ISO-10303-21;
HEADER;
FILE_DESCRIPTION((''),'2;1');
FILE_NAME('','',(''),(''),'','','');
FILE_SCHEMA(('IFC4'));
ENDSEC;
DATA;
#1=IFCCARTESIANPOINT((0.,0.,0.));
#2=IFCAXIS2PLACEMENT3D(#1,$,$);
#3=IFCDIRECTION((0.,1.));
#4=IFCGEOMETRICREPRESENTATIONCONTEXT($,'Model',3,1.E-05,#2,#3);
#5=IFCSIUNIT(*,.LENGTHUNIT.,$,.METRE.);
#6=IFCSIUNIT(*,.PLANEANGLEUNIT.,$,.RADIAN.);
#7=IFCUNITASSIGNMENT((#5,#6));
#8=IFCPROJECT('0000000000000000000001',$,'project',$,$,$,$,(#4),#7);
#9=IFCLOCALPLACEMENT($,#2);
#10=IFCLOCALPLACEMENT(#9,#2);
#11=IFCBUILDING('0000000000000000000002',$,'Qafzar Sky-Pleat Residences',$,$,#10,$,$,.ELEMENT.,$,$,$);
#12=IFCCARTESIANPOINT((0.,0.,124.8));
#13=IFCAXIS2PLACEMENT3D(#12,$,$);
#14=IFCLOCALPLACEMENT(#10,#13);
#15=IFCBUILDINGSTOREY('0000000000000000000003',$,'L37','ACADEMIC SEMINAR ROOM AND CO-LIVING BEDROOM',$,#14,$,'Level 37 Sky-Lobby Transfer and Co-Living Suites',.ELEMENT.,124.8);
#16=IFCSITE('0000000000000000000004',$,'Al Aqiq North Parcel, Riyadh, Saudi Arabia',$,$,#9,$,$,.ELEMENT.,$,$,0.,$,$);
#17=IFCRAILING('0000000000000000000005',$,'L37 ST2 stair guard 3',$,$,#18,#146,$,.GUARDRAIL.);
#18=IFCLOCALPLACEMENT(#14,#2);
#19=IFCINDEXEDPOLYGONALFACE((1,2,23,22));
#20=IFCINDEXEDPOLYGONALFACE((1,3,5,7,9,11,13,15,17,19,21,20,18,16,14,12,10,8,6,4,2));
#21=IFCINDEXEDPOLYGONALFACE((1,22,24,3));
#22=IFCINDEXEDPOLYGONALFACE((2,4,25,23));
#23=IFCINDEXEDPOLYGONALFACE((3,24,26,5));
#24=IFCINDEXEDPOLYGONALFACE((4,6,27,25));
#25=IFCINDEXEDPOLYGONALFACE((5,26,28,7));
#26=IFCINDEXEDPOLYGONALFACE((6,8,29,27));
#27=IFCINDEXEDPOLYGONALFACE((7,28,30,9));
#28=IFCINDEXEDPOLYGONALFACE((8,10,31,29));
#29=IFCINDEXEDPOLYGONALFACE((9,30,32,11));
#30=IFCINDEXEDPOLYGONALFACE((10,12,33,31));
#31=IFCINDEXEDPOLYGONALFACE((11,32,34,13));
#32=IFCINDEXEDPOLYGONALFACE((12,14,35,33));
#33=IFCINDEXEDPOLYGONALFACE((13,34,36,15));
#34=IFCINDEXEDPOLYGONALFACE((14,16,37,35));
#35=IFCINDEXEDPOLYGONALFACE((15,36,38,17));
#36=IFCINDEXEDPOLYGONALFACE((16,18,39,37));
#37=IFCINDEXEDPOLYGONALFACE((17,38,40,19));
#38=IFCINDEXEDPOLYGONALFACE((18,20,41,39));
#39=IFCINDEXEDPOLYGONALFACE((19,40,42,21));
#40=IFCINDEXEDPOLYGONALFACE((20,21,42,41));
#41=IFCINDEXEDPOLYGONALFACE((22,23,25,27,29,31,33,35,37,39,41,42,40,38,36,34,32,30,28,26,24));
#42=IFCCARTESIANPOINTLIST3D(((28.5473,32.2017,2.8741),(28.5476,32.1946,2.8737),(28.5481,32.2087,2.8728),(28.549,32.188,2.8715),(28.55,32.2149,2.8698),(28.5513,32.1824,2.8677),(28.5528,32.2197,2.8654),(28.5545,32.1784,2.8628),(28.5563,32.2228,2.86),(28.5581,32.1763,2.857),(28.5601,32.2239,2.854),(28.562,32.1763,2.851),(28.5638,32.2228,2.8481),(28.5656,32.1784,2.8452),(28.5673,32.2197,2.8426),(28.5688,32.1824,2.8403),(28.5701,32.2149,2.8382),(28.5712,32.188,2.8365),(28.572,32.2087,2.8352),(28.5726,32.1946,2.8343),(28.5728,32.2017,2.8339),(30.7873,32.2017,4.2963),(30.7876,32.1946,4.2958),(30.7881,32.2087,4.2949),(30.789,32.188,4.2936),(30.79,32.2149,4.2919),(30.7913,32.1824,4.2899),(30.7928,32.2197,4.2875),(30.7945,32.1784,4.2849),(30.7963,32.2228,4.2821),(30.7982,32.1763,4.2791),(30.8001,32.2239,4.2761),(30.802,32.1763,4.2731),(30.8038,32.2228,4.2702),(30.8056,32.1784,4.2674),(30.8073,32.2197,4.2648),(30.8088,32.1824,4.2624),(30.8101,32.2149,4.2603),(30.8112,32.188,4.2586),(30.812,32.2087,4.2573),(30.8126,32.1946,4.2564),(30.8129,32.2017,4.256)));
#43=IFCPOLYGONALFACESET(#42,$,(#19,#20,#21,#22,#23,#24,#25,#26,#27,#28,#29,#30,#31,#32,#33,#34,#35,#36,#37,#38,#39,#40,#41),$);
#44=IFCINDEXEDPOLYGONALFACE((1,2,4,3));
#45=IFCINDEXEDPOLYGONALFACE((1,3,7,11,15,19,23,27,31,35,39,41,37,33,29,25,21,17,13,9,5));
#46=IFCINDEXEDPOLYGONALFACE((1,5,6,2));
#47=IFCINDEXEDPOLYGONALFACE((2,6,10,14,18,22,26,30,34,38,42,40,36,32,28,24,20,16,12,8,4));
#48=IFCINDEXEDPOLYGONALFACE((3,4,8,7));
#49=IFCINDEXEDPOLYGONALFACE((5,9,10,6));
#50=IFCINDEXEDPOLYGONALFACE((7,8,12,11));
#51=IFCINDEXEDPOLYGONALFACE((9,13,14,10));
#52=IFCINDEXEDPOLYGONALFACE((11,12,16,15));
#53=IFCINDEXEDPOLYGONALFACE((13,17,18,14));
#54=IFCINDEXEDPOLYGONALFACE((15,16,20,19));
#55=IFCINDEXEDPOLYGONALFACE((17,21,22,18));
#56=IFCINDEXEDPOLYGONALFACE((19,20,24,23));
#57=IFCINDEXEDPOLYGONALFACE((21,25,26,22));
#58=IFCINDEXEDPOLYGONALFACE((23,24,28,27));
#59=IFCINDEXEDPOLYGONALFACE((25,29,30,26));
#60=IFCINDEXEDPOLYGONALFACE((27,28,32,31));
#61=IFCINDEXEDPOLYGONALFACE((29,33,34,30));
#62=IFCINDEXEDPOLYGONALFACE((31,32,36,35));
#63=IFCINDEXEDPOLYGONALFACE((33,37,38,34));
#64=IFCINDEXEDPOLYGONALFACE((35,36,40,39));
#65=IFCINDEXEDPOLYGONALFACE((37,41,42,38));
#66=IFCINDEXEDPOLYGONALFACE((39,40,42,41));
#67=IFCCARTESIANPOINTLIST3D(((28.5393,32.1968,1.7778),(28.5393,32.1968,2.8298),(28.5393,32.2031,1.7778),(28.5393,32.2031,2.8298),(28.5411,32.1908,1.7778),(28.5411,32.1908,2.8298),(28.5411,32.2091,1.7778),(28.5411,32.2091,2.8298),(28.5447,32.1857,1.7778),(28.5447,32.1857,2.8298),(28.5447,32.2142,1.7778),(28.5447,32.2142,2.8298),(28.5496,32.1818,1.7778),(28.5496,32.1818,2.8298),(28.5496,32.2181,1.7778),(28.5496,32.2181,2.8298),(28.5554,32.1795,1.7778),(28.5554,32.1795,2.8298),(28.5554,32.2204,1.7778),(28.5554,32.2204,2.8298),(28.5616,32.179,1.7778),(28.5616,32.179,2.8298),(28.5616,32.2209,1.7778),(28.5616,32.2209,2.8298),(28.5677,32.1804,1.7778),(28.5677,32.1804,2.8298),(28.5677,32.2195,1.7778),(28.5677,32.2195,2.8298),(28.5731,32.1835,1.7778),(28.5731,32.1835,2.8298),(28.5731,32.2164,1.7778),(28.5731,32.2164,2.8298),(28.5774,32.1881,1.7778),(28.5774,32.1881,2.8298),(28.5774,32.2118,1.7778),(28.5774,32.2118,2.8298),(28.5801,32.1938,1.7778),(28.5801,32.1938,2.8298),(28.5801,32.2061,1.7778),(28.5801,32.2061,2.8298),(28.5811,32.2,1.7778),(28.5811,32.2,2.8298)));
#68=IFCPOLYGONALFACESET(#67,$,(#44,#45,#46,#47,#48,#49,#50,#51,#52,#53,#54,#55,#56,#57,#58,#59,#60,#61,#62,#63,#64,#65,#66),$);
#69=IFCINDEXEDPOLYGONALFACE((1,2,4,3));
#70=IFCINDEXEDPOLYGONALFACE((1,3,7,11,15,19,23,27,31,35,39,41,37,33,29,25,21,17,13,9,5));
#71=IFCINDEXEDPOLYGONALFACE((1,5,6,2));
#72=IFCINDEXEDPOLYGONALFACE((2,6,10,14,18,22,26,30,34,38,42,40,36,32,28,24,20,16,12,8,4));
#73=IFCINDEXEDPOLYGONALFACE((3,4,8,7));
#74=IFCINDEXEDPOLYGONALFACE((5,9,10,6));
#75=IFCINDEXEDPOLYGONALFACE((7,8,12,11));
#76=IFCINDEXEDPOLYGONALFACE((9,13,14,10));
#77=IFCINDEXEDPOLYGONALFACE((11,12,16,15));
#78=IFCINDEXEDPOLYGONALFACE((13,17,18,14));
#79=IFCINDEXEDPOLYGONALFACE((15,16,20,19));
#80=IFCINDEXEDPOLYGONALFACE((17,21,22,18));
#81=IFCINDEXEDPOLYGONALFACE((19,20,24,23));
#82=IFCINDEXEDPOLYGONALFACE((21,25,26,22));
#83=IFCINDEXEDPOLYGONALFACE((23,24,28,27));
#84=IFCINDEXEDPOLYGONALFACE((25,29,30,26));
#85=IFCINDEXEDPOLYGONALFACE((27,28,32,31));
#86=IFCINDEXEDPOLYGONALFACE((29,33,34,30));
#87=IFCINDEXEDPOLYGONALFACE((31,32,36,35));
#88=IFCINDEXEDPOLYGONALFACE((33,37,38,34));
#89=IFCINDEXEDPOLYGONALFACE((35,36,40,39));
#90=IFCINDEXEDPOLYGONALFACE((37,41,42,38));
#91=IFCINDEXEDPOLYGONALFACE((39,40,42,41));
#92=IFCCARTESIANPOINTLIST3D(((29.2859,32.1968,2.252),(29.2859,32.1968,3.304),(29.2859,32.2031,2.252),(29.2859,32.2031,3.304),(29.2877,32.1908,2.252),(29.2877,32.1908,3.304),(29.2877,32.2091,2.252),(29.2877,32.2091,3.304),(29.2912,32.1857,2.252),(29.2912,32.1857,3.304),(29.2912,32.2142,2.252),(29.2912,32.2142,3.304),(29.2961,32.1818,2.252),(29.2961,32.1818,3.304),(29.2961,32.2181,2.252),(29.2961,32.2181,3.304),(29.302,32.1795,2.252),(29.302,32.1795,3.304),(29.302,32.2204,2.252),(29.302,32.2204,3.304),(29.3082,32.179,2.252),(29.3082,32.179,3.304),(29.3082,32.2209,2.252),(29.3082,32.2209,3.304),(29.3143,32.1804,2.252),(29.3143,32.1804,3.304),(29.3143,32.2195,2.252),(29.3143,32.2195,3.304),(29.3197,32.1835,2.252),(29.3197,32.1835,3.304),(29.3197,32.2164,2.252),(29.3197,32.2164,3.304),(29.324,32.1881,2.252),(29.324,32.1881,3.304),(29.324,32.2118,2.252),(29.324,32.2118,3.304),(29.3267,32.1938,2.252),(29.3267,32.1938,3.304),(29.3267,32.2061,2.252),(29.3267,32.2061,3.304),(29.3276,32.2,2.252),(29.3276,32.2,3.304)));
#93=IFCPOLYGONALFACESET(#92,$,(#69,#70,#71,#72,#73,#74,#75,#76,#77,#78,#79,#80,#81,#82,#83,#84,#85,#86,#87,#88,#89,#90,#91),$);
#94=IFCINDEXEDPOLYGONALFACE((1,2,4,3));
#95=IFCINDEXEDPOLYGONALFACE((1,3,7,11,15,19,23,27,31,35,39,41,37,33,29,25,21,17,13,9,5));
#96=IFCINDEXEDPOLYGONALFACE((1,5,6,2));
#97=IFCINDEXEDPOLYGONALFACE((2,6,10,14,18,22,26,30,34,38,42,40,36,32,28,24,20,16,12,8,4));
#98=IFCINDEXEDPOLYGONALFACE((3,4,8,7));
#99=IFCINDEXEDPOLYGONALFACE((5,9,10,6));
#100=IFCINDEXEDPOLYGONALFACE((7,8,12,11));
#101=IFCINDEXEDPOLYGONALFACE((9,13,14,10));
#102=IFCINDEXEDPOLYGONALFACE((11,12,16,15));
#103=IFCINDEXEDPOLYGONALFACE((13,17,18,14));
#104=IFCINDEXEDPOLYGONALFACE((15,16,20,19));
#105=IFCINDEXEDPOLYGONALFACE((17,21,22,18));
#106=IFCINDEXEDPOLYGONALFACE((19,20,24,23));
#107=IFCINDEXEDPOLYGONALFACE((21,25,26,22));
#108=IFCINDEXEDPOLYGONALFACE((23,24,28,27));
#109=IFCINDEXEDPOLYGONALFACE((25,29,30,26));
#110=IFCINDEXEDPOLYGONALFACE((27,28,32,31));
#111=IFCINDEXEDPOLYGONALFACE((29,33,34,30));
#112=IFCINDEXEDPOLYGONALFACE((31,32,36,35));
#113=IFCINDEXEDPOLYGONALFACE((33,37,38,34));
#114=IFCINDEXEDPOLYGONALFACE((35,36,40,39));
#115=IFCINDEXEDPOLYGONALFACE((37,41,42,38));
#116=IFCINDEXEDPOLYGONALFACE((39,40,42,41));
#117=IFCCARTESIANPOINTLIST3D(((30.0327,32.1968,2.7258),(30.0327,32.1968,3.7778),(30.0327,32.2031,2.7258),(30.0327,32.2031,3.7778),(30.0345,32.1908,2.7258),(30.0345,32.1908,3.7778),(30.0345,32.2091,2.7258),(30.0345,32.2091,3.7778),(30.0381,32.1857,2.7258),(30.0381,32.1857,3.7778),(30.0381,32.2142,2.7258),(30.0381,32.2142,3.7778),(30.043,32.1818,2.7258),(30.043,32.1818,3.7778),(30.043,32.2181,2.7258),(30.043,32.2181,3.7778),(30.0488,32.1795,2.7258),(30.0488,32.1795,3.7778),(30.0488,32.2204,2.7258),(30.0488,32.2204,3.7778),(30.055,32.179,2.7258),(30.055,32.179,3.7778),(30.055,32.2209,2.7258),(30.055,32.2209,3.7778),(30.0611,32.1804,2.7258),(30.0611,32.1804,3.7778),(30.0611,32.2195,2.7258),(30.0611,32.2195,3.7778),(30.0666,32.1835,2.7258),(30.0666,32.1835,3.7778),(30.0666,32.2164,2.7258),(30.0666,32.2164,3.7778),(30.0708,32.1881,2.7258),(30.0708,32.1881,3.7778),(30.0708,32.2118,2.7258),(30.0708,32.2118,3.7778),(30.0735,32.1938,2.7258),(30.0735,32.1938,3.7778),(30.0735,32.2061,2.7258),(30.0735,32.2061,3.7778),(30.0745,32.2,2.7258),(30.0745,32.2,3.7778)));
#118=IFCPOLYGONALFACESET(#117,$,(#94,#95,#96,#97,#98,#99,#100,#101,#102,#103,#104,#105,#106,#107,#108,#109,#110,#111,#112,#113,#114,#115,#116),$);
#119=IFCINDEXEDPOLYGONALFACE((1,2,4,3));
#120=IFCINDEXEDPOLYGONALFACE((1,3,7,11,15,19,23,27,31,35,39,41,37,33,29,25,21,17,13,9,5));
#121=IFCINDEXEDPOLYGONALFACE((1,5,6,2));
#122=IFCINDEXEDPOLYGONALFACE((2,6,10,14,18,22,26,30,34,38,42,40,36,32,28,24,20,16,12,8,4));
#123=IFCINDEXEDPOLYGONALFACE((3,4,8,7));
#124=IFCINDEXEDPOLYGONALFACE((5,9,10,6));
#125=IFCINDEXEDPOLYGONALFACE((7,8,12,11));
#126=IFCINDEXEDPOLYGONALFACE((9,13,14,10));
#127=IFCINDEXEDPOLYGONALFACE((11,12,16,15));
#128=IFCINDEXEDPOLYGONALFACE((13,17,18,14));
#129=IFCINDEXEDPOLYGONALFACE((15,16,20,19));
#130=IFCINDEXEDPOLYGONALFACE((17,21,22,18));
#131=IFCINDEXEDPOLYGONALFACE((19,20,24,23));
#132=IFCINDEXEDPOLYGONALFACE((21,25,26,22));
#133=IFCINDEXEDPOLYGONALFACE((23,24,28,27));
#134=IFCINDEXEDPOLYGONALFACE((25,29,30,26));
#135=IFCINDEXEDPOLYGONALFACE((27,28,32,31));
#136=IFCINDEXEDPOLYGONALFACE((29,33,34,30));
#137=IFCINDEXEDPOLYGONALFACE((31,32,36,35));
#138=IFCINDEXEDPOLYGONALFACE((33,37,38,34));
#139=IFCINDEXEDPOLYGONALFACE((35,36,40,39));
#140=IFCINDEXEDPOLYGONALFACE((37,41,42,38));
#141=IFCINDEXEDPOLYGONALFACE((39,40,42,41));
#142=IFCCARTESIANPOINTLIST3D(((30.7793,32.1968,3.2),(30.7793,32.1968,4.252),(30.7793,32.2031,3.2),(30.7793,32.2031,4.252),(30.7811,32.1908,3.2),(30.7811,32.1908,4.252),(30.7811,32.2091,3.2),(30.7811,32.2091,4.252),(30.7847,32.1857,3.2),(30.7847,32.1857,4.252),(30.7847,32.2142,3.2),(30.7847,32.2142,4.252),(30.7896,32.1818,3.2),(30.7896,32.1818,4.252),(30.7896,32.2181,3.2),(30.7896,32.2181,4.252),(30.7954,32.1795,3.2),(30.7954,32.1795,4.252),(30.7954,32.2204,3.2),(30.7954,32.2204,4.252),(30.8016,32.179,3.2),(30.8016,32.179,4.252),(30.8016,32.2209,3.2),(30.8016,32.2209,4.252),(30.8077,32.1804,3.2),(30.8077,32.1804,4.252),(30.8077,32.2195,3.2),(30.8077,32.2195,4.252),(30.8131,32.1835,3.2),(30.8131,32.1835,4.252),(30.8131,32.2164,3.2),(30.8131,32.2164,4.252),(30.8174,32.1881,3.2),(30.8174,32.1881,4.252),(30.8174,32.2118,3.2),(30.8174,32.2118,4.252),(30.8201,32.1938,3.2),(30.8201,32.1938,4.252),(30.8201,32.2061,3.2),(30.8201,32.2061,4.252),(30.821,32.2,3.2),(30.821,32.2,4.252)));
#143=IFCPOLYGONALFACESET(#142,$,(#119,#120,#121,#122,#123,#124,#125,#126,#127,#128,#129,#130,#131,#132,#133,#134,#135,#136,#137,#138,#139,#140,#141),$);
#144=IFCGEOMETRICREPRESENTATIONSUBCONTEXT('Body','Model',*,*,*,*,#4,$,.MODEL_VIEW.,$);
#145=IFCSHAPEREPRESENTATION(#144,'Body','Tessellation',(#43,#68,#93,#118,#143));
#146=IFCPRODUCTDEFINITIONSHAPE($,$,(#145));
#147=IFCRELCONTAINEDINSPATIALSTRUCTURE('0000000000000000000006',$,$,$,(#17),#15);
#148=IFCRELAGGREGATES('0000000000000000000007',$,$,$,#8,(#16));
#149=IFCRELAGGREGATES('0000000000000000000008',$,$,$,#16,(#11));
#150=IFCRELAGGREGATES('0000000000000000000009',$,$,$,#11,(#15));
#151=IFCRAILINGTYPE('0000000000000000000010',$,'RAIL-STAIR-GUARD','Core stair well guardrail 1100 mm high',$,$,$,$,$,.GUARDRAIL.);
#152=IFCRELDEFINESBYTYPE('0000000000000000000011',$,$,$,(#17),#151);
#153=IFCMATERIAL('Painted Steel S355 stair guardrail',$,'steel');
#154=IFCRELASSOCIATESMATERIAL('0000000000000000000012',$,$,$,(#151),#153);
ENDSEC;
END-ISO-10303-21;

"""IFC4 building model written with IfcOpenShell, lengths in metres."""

from ifc_helpers import new_model, si_unit, direction, frame, origin, origin_2d, place, context, subcontext, project, spatial, circle, extrude, source, transform, mapped, material, type_object, element, save


model = new_model("IFC4")

# Units and contexts
model_context = context("Model", 3, precision=1e-05, world=origin(), true_north=direction((0.0, 1.0)))
body_context = subcontext(model_context, "Body", "Model", "MODEL_VIEW")
ifc_project = project(units=[si_unit("LENGTHUNIT", "METRE"), si_unit("PLANEANGLEUNIT", "RADIAN")], contexts=[model_context])

# Site, building, storey
site_placement = place(None, origin())
site = spatial("IfcSite", under=ifc_project, at=site_placement, Name="Al Aqiq North Parcel, Riyadh, Saudi Arabia", CompositionType="ELEMENT", RefElevation=0.0)
building_placement = place(site_placement, origin())
building = spatial("IfcBuilding", under=site, at=building_placement, Name="Qafzar Sky-Pleat Residences", CompositionType="ELEMENT")
storey_placement = place(building_placement, frame((0.0, 0.0, 124.8)))
storey = spatial("IfcBuildingStorey", under=building, at=storey_placement, Name="L37", Description="ACADEMIC SEMINAR ROOM AND CO-LIVING BEDROOM", LongName="Level 37 Sky-Lobby Transfer and Co-Living Suites", CompositionType="ELEMENT", Elevation=124.8)

# Railing
ifc_material_1 = material(Name="Painted Steel S355 stair guardrail", Category="steel")
railing_type_1 = type_object("IfcRailingType", Name="RAIL-STAIR-GUARD", Description="Core stair well guardrail 1100 mm high", PredefinedType="GUARDRAIL", material=ifc_material_1)
shared_shape_1 = source(origin(), body_context, "Body", "SweptSolid", [
    extrude(circle(Radius=0.0239, at=origin_2d()), frame((0.0, 0.0, 1.0762), z_axis=(0.844229, 0.0, 0.535982), x_axis=(0.0, 1.0, 0.0)), (0.0, 0.0, 1.0), 2.6533),
    extrude(circle(Radius=0.021, at=origin_2d()), origin(), (0.0, 0.0, 1.0), 1.052),
    extrude(circle(Radius=0.021, at=origin_2d()), frame((0.7466, 0.0, 0.4741)), (0.0, 0.0, 1.0), 1.052),
    extrude(circle(Radius=0.021, at=origin_2d()), frame((1.4934, 0.0, 0.948)), (0.0, 0.0, 1.0), 1.052),
    extrude(circle(Radius=0.021, at=origin_2d()), frame((2.24, 0.0, 1.4221)), (0.0, 0.0, 1.0), 1.052),
])
railing_1_placement = place(storey_placement, frame((28.5601, 32.2, 1.7778)))
element("IfcRailing", 1, at=railing_1_placement, inside=storey, type_object=railing_type_1, Name="L37 ST2 stair guard 3", PredefinedType="GUARDRAIL", context=body_context, shape_type="MappedRepresentation", body=[
    mapped(shared_shape_1, transform((0.0, 0.0, 0.0), x_axis=(1.0, 0.0, 0.0), y_axis=(0.0, 1.0, 0.0), z_axis=(0.0, 0.0, 1.0), scale=1.0)),
])

save(model, "model.ifc")
